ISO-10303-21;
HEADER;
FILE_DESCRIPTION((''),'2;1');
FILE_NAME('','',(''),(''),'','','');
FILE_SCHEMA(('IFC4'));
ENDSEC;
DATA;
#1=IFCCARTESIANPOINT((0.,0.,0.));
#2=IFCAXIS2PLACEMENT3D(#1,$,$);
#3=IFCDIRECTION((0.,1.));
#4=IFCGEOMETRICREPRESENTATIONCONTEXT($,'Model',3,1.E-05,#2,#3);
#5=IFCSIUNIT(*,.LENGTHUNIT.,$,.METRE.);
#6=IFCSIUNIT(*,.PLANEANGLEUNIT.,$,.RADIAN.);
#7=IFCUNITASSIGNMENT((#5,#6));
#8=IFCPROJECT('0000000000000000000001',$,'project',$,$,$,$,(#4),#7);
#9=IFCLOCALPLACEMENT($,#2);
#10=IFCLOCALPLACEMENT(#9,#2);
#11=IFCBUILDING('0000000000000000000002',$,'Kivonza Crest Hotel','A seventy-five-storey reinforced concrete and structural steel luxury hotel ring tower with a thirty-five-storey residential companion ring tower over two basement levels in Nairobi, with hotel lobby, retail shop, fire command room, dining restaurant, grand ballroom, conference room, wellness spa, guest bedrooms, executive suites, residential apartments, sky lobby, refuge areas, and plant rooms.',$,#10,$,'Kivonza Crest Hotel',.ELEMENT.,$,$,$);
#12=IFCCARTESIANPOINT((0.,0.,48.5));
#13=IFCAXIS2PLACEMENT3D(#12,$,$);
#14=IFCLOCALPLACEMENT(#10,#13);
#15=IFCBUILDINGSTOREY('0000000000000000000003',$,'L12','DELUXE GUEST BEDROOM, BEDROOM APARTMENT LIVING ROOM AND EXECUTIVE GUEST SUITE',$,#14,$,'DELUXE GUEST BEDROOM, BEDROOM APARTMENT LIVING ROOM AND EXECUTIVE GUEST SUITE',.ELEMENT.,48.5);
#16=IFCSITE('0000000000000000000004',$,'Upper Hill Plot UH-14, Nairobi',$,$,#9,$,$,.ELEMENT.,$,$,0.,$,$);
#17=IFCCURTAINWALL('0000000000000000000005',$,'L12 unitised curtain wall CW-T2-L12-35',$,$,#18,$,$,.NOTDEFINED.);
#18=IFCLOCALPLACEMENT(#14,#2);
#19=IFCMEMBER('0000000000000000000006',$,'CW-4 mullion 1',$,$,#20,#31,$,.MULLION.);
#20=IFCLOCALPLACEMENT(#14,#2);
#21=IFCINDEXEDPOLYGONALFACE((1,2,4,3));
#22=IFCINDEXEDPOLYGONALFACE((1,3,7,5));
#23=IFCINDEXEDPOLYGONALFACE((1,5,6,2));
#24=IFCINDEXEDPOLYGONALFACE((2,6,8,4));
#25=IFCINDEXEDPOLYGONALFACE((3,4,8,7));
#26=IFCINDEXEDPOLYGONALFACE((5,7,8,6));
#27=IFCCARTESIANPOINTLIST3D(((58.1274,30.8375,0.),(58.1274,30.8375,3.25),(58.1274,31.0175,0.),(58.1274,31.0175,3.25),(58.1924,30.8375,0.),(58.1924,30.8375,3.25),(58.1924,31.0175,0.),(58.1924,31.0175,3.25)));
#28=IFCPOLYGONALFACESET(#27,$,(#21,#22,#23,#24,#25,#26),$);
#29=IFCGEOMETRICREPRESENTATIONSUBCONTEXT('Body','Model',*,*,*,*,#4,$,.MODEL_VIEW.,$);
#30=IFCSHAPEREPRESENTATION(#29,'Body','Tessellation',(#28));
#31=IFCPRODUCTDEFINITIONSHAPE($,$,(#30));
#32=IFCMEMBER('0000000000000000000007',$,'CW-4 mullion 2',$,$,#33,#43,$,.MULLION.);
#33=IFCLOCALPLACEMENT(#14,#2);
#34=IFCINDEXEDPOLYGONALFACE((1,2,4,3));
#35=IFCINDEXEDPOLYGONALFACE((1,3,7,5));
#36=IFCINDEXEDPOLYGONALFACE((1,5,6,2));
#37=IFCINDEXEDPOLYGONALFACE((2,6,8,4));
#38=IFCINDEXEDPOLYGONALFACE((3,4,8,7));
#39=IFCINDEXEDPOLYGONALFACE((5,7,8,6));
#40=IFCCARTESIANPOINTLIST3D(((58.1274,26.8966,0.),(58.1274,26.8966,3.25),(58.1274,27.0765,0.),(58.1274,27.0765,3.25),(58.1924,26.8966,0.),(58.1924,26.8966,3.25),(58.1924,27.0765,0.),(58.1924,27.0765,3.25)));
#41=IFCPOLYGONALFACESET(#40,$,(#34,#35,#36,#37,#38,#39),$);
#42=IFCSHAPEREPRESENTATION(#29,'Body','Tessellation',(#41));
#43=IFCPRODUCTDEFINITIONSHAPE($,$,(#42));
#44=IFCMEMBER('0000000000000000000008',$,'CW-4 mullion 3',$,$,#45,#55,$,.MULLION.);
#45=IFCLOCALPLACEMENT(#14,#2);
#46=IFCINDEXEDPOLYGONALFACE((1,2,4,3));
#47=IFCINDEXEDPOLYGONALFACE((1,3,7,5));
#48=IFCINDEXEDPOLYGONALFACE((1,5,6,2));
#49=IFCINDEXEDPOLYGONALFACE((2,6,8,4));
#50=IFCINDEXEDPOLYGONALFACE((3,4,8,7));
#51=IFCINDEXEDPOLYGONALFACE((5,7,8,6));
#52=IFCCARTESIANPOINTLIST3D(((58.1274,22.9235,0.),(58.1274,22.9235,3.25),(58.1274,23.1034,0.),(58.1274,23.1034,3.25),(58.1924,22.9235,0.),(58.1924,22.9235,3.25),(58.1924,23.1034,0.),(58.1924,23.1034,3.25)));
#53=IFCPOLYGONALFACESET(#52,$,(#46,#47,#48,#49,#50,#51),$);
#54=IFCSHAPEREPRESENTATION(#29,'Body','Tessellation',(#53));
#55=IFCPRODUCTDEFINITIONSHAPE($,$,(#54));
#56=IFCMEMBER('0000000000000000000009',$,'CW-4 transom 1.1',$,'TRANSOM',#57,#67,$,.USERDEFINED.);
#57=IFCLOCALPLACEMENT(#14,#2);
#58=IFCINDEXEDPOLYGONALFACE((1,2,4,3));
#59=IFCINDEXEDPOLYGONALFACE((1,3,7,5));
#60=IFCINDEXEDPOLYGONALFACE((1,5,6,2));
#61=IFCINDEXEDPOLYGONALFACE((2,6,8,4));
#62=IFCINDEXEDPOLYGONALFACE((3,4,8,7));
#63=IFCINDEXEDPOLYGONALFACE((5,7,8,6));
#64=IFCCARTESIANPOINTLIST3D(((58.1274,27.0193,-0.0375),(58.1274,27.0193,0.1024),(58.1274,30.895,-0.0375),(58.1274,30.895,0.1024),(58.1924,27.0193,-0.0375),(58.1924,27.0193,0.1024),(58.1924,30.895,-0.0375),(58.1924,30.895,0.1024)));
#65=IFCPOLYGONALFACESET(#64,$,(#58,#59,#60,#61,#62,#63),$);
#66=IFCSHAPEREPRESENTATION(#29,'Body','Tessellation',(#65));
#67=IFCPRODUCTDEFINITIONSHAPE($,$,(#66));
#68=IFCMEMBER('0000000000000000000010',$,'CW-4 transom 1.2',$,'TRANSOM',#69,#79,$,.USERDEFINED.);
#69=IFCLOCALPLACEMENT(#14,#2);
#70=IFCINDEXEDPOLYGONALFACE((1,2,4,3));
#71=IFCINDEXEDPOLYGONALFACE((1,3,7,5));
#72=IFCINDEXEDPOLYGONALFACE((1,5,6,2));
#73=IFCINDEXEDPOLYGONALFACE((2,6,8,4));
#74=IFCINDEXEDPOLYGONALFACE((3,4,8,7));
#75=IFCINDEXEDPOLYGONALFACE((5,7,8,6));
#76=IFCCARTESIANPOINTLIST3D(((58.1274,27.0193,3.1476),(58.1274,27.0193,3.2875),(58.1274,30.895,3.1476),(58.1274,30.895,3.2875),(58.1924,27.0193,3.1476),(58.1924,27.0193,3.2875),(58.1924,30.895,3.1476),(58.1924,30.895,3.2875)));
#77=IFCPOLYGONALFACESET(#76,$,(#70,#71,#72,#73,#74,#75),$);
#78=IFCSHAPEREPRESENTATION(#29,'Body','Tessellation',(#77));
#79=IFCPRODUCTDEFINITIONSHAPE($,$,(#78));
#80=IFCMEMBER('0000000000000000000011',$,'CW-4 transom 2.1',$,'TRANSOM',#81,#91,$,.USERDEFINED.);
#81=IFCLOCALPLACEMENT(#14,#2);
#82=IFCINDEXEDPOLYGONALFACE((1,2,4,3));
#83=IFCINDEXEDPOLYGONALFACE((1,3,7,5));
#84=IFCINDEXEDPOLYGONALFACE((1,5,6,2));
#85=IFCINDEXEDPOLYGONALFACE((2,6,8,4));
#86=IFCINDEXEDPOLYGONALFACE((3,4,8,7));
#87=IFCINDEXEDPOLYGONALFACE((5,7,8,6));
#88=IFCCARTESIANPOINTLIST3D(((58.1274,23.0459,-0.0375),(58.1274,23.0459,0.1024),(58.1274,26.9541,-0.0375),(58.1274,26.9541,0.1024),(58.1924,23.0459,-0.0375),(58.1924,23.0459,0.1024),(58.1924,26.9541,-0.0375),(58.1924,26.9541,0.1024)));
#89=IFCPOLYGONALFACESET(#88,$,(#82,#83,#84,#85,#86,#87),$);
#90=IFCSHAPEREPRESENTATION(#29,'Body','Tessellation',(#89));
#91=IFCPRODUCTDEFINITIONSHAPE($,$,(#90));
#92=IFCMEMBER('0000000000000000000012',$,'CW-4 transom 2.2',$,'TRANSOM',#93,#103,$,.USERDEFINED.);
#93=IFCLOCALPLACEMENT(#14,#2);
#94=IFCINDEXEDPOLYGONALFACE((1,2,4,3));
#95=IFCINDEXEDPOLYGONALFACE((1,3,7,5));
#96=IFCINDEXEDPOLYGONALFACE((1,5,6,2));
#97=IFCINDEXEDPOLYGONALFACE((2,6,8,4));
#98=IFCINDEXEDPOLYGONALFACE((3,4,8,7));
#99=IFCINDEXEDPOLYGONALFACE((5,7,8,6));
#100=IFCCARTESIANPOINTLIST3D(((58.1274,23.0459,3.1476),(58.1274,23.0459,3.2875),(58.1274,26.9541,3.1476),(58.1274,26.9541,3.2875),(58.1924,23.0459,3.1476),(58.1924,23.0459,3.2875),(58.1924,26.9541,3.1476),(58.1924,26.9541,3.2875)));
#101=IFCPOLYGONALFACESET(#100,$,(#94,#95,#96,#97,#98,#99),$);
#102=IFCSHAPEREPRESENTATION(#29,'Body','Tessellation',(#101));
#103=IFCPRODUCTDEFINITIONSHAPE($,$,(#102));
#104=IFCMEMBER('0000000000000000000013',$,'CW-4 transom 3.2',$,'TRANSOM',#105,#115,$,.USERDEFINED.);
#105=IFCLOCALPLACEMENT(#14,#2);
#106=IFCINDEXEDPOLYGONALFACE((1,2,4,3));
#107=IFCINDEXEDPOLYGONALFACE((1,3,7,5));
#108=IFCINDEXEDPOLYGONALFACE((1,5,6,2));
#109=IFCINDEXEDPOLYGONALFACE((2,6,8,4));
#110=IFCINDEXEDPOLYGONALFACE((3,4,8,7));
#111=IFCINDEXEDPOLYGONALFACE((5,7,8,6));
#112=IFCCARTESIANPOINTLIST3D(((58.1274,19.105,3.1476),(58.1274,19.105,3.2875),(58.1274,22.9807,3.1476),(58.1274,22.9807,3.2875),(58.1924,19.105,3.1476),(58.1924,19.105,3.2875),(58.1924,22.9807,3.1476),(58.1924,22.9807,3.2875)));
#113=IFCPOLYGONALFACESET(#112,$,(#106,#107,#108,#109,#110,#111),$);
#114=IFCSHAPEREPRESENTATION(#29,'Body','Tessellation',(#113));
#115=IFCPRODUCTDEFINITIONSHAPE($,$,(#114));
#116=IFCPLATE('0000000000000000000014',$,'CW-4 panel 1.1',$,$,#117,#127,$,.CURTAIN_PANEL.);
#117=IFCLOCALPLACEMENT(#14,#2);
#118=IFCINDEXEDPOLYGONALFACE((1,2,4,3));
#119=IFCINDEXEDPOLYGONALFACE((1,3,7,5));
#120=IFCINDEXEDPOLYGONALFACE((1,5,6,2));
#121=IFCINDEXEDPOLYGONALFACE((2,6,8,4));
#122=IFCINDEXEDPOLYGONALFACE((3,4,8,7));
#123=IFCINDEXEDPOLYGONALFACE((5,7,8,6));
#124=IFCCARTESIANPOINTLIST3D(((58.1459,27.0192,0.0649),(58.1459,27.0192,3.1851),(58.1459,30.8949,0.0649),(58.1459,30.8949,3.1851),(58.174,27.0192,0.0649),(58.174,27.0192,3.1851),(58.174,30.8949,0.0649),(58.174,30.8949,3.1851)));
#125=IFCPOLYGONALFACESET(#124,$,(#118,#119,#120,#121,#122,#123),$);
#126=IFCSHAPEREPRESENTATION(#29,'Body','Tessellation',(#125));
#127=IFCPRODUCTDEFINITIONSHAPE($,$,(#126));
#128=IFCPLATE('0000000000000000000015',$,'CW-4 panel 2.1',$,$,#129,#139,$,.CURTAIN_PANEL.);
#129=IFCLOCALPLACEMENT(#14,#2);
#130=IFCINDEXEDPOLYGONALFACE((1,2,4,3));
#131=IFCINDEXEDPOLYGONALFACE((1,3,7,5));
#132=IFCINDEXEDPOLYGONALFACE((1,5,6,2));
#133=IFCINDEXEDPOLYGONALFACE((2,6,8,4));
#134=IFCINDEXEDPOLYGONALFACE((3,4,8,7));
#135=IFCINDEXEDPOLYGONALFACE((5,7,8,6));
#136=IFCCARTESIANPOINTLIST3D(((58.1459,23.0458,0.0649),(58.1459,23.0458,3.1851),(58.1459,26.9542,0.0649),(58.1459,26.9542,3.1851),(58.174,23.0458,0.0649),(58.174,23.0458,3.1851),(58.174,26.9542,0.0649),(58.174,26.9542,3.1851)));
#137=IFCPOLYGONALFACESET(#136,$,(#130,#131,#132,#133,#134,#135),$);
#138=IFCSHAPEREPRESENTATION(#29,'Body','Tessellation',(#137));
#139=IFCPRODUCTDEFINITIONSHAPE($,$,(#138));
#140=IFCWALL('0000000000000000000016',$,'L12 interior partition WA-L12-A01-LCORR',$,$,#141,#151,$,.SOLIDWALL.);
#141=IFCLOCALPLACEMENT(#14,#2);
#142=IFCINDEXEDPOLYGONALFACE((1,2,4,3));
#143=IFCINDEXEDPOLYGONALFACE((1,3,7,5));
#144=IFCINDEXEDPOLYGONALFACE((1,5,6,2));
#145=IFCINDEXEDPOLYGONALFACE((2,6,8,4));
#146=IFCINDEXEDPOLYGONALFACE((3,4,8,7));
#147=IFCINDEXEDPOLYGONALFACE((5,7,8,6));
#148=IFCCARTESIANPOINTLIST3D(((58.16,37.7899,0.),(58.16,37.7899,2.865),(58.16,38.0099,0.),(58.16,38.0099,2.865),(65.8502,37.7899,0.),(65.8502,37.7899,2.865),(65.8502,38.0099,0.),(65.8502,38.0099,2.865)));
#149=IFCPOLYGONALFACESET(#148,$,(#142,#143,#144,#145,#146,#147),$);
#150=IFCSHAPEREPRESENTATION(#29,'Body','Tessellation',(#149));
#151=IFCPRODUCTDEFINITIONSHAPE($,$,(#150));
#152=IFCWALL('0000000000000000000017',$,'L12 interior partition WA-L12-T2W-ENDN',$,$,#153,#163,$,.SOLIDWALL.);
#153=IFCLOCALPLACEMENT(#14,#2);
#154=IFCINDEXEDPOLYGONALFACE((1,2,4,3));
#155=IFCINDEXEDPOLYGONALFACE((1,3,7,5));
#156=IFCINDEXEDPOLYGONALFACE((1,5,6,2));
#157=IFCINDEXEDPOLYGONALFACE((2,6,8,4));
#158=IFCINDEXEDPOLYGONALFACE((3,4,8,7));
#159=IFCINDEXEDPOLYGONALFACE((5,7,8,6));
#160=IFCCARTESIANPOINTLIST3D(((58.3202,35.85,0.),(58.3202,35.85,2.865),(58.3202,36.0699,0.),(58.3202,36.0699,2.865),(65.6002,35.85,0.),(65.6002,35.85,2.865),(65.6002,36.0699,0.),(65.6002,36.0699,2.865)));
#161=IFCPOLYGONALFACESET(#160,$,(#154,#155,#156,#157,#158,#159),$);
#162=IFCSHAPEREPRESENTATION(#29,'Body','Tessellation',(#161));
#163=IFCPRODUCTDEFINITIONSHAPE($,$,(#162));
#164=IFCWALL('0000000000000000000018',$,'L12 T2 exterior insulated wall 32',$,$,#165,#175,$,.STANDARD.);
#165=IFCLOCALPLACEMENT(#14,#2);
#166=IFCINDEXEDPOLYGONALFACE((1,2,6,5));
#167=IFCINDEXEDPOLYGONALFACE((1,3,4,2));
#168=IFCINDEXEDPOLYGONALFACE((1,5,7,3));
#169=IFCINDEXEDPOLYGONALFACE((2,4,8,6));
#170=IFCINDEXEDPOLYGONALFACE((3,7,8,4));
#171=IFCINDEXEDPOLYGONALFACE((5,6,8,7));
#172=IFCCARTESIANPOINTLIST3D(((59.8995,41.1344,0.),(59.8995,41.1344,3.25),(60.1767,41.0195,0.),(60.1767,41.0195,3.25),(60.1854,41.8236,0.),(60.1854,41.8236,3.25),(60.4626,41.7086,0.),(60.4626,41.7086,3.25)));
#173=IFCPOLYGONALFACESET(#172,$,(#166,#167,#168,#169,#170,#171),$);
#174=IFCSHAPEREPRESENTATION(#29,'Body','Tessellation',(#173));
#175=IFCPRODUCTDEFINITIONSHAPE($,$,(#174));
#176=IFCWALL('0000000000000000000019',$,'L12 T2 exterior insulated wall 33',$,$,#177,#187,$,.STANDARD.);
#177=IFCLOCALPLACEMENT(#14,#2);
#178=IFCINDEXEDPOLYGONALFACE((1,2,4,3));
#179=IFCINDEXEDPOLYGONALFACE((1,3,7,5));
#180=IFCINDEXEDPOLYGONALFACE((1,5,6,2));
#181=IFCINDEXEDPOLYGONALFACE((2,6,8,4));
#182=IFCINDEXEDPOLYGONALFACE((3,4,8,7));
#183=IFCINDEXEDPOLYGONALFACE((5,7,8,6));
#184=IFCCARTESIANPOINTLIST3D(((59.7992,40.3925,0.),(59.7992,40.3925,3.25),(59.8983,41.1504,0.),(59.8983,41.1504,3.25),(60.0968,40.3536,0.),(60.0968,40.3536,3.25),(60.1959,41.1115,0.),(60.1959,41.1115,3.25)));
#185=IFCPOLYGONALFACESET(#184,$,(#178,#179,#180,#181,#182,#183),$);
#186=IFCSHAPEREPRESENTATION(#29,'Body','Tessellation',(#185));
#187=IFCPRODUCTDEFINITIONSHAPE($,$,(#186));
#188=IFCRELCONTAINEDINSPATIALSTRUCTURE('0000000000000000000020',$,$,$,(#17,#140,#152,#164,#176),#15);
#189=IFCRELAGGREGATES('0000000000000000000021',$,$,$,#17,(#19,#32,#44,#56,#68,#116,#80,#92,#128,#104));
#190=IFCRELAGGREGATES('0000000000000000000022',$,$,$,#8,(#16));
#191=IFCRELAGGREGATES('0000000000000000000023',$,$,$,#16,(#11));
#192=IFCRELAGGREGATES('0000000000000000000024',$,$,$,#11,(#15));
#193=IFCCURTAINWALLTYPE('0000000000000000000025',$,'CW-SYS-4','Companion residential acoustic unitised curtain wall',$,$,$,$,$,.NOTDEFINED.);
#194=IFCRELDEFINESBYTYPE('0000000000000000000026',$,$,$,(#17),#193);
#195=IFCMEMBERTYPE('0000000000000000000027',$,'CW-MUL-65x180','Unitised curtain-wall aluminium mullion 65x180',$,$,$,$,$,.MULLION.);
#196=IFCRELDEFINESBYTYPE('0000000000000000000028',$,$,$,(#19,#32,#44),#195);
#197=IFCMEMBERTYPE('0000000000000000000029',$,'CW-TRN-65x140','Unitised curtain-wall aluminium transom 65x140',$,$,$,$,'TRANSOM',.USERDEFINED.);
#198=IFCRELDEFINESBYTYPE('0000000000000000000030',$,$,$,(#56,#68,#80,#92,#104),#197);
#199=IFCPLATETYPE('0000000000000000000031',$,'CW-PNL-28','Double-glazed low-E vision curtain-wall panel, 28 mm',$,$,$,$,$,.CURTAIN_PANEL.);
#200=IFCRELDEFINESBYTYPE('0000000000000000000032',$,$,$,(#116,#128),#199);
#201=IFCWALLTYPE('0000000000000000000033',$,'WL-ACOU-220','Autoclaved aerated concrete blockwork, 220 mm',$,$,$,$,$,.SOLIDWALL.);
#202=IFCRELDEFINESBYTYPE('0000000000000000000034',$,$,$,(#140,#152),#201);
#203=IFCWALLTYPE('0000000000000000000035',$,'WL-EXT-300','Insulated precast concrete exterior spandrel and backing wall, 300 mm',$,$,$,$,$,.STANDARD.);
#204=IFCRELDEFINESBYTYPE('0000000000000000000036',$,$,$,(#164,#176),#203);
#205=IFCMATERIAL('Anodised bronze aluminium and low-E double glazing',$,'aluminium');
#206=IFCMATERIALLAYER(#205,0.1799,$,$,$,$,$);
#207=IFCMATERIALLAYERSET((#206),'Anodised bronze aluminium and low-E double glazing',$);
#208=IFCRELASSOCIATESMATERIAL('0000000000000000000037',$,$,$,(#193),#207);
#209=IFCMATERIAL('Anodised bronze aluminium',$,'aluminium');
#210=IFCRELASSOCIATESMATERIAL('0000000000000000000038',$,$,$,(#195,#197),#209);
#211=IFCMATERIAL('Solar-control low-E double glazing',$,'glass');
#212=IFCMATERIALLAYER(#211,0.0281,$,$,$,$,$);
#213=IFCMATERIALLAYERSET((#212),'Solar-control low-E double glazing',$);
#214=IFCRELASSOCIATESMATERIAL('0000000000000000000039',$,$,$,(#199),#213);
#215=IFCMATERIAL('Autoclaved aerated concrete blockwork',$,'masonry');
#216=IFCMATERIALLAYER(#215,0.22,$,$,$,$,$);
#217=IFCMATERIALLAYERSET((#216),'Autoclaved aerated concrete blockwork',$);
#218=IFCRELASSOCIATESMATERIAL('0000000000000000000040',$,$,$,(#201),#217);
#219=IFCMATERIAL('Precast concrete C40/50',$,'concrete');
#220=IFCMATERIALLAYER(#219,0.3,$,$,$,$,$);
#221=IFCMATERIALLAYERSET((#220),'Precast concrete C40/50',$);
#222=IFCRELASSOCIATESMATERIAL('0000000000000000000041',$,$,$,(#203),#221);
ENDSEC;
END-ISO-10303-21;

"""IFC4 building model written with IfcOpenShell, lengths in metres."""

from ifc_helpers import new_model, si_unit, direction, frame, frame_2d, origin, origin_2d, place, context, subcontext, project, spatial, rectangle, extrude, material, layer, layer_set, material_profile, profile_set, type_object, element, aggregate, save


model = new_model("IFC4")

# Units and contexts
model_context = context("Model", 3, precision=1e-05, world=origin(), true_north=direction((0.0, 1.0)))
body_context = subcontext(model_context, "Body", "Model", "MODEL_VIEW")
ifc_project = project(units=[si_unit("LENGTHUNIT", "METRE"), si_unit("PLANEANGLEUNIT", "RADIAN")], contexts=[model_context])

# Site, building, storey
site_placement = place(None, origin())
site = spatial("IfcSite", under=ifc_project, at=site_placement, Name="Upper Hill Plot UH-14, Nairobi", CompositionType="ELEMENT", RefElevation=0.0)
building_placement = place(site_placement, origin())
building = spatial("IfcBuilding", under=site, at=building_placement, Name="Kivonza Crest Hotel", Description="A seventy-five-storey reinforced concrete and structural steel luxury hotel ring tower with a thirty-five-storey residential companion ring tower over two basement levels in Nairobi, with hotel lobby, retail shop, fire command room, dining restaurant, grand ballroom, conference room, wellness spa, guest bedrooms, executive suites, residential apartments, sky lobby, refuge areas, and plant rooms.", LongName="Kivonza Crest Hotel", CompositionType="ELEMENT")
storey_placement = place(building_placement, frame((0.0, 0.0, 48.5)))
storey = spatial("IfcBuildingStorey", under=building, at=storey_placement, Name="L12", Description="DELUXE GUEST BEDROOM, BEDROOM APARTMENT LIVING ROOM AND EXECUTIVE GUEST SUITE", LongName="DELUXE GUEST BEDROOM, BEDROOM APARTMENT LIVING ROOM AND EXECUTIVE GUEST SUITE", CompositionType="ELEMENT", Elevation=48.5)

# Curtain wall, members, plates
ifc_material_1 = material(Name="Anodised bronze aluminium and low-E double glazing", Category="aluminium")
ifc_layer_1 = layer(ifc_material_1, 0.1799)
ifc_layer_set_1 = layer_set([ifc_layer_1], Name="Anodised bronze aluminium and low-E double glazing")
curtain_wall_type = type_object("IfcCurtainWallType", Name="CW-SYS-4", Description="Companion residential acoustic unitised curtain wall", PredefinedType="NOTDEFINED", material=ifc_layer_set_1)
curtain_wall_placement = place(storey_placement, origin())
curtain_wall = element("IfcCurtainWall", 1, at=curtain_wall_placement, inside=storey, type_object=curtain_wall_type, Name="L12 unitised curtain wall CW-T2-L12-35", PredefinedType="NOTDEFINED")
ifc_material_2 = material(Name="Anodised bronze aluminium", Category="aluminium")
ifc_material_profile_1 = material_profile(ifc_material_2, rectangle(XDim=0.0649, YDim=0.1799, at=origin_2d()), Name="CW-M 65x180")
ifc_profile_set_1 = profile_set([ifc_material_profile_1], Name="Anodised bronze aluminium")
member_type_1 = type_object("IfcMemberType", Name="CW-MUL-65x180", Description="Unitised curtain-wall aluminium mullion 65x180", PredefinedType="MULLION", material=ifc_profile_set_1)
member_1_placement = place(storey_placement, frame((58.1599, 30.9275, 0.0), z_axis=(0.0, 0.0, 1.0), x_axis=(1.0, 0.0, 0.0)))
member_1 = element("IfcMember", 2, at=member_1_placement, type_object=member_type_1, Name="CW-4 mullion 1", PredefinedType="MULLION", context=body_context, shape_type="SweptSolid", body=[
    extrude(rectangle(XDim=0.0649, YDim=0.1799, at=origin_2d()), origin(), (0.0, 0.0, 1.0), 3.25),
])
member_2_placement = place(storey_placement, frame((58.1599, 26.9866, 0.0), z_axis=(0.0, 0.0, 1.0), x_axis=(1.0, 0.0, 0.0)))
member_2 = element("IfcMember", 3, at=member_2_placement, type_object=member_type_1, Name="CW-4 mullion 2", PredefinedType="MULLION", context=body_context, shape_type="SweptSolid", body=[
    extrude(rectangle(XDim=0.0649, YDim=0.1799, at=origin_2d()), origin(), (0.0, 0.0, 1.0), 3.25),
])
member_3_placement = place(storey_placement, frame((58.1599, 23.0134, 0.0), z_axis=(0.0, 0.0, 1.0), x_axis=(1.0, 0.0, 0.0)))
member_3 = element("IfcMember", 4, at=member_3_placement, type_object=member_type_1, Name="CW-4 mullion 3", PredefinedType="MULLION", context=body_context, shape_type="SweptSolid", body=[
    extrude(rectangle(XDim=0.0649, YDim=0.1799, at=origin_2d()), origin(), (0.0, 0.0, 1.0), 3.25),
])
ifc_material_profile_2 = material_profile(ifc_material_2, rectangle(XDim=0.0649, YDim=0.1399, at=origin_2d()), Name="CW-T 65x140")
ifc_profile_set_2 = profile_set([ifc_material_profile_2], Name="Anodised bronze aluminium")
member_type_2 = type_object("IfcMemberType", Name="CW-TRN-65x140", Description="Unitised curtain-wall aluminium transom 65x140", ElementType="TRANSOM", PredefinedType="USERDEFINED", material=ifc_profile_set_2)
member_4_placement = place(storey_placement, frame((58.1599, 30.895, 0.0325), z_axis=(0.0, -1.0, 0.0), x_axis=(1.0, 0.0, 0.0)))
member_4 = element("IfcMember", 5, at=member_4_placement, type_object=member_type_2, Name="CW-4 transom 1.1", ObjectType="TRANSOM", PredefinedType="USERDEFINED", context=body_context, shape_type="SweptSolid", body=[
    extrude(rectangle(XDim=0.0649, YDim=0.1399, at=origin_2d()), origin(), (0.0, 0.0, 1.0), 3.8757),
])
member_5_placement = place(storey_placement, frame((58.1599, 30.895, 3.2175), z_axis=(0.0, -1.0, 0.0), x_axis=(1.0, 0.0, 0.0)))
member_5 = element("IfcMember", 6, at=member_5_placement, type_object=member_type_2, Name="CW-4 transom 1.2", ObjectType="TRANSOM", PredefinedType="USERDEFINED", context=body_context, shape_type="SweptSolid", body=[
    extrude(rectangle(XDim=0.0649, YDim=0.1399, at=origin_2d()), origin(), (0.0, 0.0, 1.0), 3.8757),
])
member_6_placement = place(storey_placement, frame((58.1599, 26.9541, 0.0325), z_axis=(0.0, -1.0, 0.0), x_axis=(1.0, 0.0, 0.0)))
member_6 = element("IfcMember", 7, at=member_6_placement, type_object=member_type_2, Name="CW-4 transom 2.1", ObjectType="TRANSOM", PredefinedType="USERDEFINED", context=body_context, shape_type="SweptSolid", body=[
    extrude(rectangle(XDim=0.0649, YDim=0.1399, at=origin_2d()), origin(), (0.0, 0.0, 1.0), 3.9082),
])
member_7_placement = place(storey_placement, frame((58.1599, 26.9541, 3.2175), z_axis=(0.0, -1.0, 0.0), x_axis=(1.0, 0.0, 0.0)))
member_7 = element("IfcMember", 8, at=member_7_placement, type_object=member_type_2, Name="CW-4 transom 2.2", ObjectType="TRANSOM", PredefinedType="USERDEFINED", context=body_context, shape_type="SweptSolid", body=[
    extrude(rectangle(XDim=0.0649, YDim=0.1399, at=origin_2d()), origin(), (0.0, 0.0, 1.0), 3.9082),
])
member_8_placement = place(storey_placement, frame((58.1599, 22.9807, 3.2175), z_axis=(0.0, -1.0, 0.0), x_axis=(1.0, 0.0, 0.0)))
member_8 = element("IfcMember", 9, at=member_8_placement, type_object=member_type_2, Name="CW-4 transom 3.2", ObjectType="TRANSOM", PredefinedType="USERDEFINED", context=body_context, shape_type="SweptSolid", body=[
    extrude(rectangle(XDim=0.0649, YDim=0.1399, at=origin_2d()), origin(), (0.0, 0.0, 1.0), 3.8757),
])
ifc_material_3 = material(Name="Solar-control low-E double glazing", Category="glass")
ifc_layer_2 = layer(ifc_material_3, 0.0281)
ifc_layer_set_2 = layer_set([ifc_layer_2], Name="Solar-control low-E double glazing")
plate_type = type_object("IfcPlateType", Name="CW-PNL-28", Description="Double-glazed low-E vision curtain-wall panel, 28 mm", PredefinedType="CURTAIN_PANEL", material=ifc_layer_set_2)
plate_1_placement = place(storey_placement, frame((58.1599, 28.957, 0.0649), z_axis=(0.0, 0.0, 1.0), x_axis=(0.0, -1.0, 0.0)))
plate_1 = element("IfcPlate", 10, at=plate_1_placement, type_object=plate_type, Name="CW-4 panel 1.1", PredefinedType="CURTAIN_PANEL", context=body_context, shape_type="SweptSolid", body=[
    extrude(rectangle(XDim=3.8757, YDim=0.0281, at=origin_2d()), origin(), (0.0, 0.0, 1.0), 3.1201),
])
plate_2_placement = place(storey_placement, frame((58.1599, 25.0, 0.0649), z_axis=(0.0, 0.0, 1.0), x_axis=(0.0, -1.0, 0.0)))
plate_2 = element("IfcPlate", 11, at=plate_2_placement, type_object=plate_type, Name="CW-4 panel 2.1", PredefinedType="CURTAIN_PANEL", context=body_context, shape_type="SweptSolid", body=[
    extrude(rectangle(XDim=3.9084, YDim=0.0281, at=origin_2d()), origin(), (0.0, 0.0, 1.0), 3.1201),
])
aggregate(curtain_wall, [member_1, member_2, member_3, member_4, member_5, plate_1, member_6, member_7, plate_2, member_8])

# Walls
ifc_material_4 = material(Name="Autoclaved aerated concrete blockwork", Category="masonry")
ifc_layer_3 = layer(ifc_material_4, 0.22)
ifc_layer_set_3 = layer_set([ifc_layer_3], Name="Autoclaved aerated concrete blockwork")
wall_type_1 = type_object("IfcWallType", Name="WL-ACOU-220", Description="Autoclaved aerated concrete blockwork, 220 mm", PredefinedType="SOLIDWALL", material=ifc_layer_set_3)
wall_1_placement = place(storey_placement, frame((58.1599, 37.8999, 0.0), z_axis=(0.0, 0.0, 1.0), x_axis=(1.0, 0.0, 0.0)))
element("IfcWall", 12, at=wall_1_placement, inside=storey, type_object=wall_type_1, Name="L12 interior partition WA-L12-A01-LCORR", PredefinedType="SOLIDWALL", context=body_context, shape_type="SweptSolid", body=[
    extrude(rectangle(XDim=7.6902, YDim=0.22, at=frame_2d((3.8452, 0.0))), origin(), (0.0, 0.0, 1.0), 2.865),
])
wall_2_placement = place(storey_placement, frame((58.3201, 35.96, 0.0), z_axis=(0.0, 0.0, 1.0), x_axis=(1.0, 0.0, 0.0)))
element("IfcWall", 13, at=wall_2_placement, inside=storey, type_object=wall_type_1, Name="L12 interior partition WA-L12-T2W-ENDN", PredefinedType="SOLIDWALL", context=body_context, shape_type="SweptSolid", body=[
    extrude(rectangle(XDim=7.28, YDim=0.22, at=frame_2d((3.6401, 0.0))), origin(), (0.0, 0.0, 1.0), 2.865),
])
ifc_material_5 = material(Name="Precast concrete C40/50", Category="concrete")
ifc_layer_4 = layer(ifc_material_5, 0.3)
ifc_layer_set_4 = layer_set([ifc_layer_4], Name="Precast concrete C40/50")
wall_type_2 = type_object("IfcWallType", Name="WL-EXT-300", Description="Insulated precast concrete exterior spandrel and backing wall, 300 mm", PredefinedType="STANDARD", material=ifc_layer_set_4)
wall_3_placement = place(storey_placement, frame((60.324, 41.7661, 0.0), z_axis=(0.0, 0.0, 1.0), x_axis=(-0.383151, -0.923686, 0.0)))
element("IfcWall", 14, at=wall_3_placement, inside=storey, type_object=wall_type_2, Name="L12 T2 exterior insulated wall 32", PredefinedType="STANDARD", context=body_context, shape_type="SweptSolid", body=[
    extrude(rectangle(XDim=0.7461, YDim=0.3, at=frame_2d((0.373, 0.0))), origin(), (0.0, 0.0, 1.0), 3.25),
])
wall_4_placement = place(storey_placement, frame((60.0471, 41.1311, 0.0), z_axis=(0.0, 0.0, 1.0), x_axis=(-0.129653, -0.991559, 0.0)))
element("IfcWall", 15, at=wall_4_placement, inside=storey, type_object=wall_type_2, Name="L12 T2 exterior insulated wall 33", PredefinedType="STANDARD", context=body_context, shape_type="SweptSolid", body=[
    extrude(rectangle(XDim=0.7644, YDim=0.3, at=frame_2d((0.3823, 0.0))), origin(), (0.0, 0.0, 1.0), 3.25),
])

save(model, "model.ifc")
